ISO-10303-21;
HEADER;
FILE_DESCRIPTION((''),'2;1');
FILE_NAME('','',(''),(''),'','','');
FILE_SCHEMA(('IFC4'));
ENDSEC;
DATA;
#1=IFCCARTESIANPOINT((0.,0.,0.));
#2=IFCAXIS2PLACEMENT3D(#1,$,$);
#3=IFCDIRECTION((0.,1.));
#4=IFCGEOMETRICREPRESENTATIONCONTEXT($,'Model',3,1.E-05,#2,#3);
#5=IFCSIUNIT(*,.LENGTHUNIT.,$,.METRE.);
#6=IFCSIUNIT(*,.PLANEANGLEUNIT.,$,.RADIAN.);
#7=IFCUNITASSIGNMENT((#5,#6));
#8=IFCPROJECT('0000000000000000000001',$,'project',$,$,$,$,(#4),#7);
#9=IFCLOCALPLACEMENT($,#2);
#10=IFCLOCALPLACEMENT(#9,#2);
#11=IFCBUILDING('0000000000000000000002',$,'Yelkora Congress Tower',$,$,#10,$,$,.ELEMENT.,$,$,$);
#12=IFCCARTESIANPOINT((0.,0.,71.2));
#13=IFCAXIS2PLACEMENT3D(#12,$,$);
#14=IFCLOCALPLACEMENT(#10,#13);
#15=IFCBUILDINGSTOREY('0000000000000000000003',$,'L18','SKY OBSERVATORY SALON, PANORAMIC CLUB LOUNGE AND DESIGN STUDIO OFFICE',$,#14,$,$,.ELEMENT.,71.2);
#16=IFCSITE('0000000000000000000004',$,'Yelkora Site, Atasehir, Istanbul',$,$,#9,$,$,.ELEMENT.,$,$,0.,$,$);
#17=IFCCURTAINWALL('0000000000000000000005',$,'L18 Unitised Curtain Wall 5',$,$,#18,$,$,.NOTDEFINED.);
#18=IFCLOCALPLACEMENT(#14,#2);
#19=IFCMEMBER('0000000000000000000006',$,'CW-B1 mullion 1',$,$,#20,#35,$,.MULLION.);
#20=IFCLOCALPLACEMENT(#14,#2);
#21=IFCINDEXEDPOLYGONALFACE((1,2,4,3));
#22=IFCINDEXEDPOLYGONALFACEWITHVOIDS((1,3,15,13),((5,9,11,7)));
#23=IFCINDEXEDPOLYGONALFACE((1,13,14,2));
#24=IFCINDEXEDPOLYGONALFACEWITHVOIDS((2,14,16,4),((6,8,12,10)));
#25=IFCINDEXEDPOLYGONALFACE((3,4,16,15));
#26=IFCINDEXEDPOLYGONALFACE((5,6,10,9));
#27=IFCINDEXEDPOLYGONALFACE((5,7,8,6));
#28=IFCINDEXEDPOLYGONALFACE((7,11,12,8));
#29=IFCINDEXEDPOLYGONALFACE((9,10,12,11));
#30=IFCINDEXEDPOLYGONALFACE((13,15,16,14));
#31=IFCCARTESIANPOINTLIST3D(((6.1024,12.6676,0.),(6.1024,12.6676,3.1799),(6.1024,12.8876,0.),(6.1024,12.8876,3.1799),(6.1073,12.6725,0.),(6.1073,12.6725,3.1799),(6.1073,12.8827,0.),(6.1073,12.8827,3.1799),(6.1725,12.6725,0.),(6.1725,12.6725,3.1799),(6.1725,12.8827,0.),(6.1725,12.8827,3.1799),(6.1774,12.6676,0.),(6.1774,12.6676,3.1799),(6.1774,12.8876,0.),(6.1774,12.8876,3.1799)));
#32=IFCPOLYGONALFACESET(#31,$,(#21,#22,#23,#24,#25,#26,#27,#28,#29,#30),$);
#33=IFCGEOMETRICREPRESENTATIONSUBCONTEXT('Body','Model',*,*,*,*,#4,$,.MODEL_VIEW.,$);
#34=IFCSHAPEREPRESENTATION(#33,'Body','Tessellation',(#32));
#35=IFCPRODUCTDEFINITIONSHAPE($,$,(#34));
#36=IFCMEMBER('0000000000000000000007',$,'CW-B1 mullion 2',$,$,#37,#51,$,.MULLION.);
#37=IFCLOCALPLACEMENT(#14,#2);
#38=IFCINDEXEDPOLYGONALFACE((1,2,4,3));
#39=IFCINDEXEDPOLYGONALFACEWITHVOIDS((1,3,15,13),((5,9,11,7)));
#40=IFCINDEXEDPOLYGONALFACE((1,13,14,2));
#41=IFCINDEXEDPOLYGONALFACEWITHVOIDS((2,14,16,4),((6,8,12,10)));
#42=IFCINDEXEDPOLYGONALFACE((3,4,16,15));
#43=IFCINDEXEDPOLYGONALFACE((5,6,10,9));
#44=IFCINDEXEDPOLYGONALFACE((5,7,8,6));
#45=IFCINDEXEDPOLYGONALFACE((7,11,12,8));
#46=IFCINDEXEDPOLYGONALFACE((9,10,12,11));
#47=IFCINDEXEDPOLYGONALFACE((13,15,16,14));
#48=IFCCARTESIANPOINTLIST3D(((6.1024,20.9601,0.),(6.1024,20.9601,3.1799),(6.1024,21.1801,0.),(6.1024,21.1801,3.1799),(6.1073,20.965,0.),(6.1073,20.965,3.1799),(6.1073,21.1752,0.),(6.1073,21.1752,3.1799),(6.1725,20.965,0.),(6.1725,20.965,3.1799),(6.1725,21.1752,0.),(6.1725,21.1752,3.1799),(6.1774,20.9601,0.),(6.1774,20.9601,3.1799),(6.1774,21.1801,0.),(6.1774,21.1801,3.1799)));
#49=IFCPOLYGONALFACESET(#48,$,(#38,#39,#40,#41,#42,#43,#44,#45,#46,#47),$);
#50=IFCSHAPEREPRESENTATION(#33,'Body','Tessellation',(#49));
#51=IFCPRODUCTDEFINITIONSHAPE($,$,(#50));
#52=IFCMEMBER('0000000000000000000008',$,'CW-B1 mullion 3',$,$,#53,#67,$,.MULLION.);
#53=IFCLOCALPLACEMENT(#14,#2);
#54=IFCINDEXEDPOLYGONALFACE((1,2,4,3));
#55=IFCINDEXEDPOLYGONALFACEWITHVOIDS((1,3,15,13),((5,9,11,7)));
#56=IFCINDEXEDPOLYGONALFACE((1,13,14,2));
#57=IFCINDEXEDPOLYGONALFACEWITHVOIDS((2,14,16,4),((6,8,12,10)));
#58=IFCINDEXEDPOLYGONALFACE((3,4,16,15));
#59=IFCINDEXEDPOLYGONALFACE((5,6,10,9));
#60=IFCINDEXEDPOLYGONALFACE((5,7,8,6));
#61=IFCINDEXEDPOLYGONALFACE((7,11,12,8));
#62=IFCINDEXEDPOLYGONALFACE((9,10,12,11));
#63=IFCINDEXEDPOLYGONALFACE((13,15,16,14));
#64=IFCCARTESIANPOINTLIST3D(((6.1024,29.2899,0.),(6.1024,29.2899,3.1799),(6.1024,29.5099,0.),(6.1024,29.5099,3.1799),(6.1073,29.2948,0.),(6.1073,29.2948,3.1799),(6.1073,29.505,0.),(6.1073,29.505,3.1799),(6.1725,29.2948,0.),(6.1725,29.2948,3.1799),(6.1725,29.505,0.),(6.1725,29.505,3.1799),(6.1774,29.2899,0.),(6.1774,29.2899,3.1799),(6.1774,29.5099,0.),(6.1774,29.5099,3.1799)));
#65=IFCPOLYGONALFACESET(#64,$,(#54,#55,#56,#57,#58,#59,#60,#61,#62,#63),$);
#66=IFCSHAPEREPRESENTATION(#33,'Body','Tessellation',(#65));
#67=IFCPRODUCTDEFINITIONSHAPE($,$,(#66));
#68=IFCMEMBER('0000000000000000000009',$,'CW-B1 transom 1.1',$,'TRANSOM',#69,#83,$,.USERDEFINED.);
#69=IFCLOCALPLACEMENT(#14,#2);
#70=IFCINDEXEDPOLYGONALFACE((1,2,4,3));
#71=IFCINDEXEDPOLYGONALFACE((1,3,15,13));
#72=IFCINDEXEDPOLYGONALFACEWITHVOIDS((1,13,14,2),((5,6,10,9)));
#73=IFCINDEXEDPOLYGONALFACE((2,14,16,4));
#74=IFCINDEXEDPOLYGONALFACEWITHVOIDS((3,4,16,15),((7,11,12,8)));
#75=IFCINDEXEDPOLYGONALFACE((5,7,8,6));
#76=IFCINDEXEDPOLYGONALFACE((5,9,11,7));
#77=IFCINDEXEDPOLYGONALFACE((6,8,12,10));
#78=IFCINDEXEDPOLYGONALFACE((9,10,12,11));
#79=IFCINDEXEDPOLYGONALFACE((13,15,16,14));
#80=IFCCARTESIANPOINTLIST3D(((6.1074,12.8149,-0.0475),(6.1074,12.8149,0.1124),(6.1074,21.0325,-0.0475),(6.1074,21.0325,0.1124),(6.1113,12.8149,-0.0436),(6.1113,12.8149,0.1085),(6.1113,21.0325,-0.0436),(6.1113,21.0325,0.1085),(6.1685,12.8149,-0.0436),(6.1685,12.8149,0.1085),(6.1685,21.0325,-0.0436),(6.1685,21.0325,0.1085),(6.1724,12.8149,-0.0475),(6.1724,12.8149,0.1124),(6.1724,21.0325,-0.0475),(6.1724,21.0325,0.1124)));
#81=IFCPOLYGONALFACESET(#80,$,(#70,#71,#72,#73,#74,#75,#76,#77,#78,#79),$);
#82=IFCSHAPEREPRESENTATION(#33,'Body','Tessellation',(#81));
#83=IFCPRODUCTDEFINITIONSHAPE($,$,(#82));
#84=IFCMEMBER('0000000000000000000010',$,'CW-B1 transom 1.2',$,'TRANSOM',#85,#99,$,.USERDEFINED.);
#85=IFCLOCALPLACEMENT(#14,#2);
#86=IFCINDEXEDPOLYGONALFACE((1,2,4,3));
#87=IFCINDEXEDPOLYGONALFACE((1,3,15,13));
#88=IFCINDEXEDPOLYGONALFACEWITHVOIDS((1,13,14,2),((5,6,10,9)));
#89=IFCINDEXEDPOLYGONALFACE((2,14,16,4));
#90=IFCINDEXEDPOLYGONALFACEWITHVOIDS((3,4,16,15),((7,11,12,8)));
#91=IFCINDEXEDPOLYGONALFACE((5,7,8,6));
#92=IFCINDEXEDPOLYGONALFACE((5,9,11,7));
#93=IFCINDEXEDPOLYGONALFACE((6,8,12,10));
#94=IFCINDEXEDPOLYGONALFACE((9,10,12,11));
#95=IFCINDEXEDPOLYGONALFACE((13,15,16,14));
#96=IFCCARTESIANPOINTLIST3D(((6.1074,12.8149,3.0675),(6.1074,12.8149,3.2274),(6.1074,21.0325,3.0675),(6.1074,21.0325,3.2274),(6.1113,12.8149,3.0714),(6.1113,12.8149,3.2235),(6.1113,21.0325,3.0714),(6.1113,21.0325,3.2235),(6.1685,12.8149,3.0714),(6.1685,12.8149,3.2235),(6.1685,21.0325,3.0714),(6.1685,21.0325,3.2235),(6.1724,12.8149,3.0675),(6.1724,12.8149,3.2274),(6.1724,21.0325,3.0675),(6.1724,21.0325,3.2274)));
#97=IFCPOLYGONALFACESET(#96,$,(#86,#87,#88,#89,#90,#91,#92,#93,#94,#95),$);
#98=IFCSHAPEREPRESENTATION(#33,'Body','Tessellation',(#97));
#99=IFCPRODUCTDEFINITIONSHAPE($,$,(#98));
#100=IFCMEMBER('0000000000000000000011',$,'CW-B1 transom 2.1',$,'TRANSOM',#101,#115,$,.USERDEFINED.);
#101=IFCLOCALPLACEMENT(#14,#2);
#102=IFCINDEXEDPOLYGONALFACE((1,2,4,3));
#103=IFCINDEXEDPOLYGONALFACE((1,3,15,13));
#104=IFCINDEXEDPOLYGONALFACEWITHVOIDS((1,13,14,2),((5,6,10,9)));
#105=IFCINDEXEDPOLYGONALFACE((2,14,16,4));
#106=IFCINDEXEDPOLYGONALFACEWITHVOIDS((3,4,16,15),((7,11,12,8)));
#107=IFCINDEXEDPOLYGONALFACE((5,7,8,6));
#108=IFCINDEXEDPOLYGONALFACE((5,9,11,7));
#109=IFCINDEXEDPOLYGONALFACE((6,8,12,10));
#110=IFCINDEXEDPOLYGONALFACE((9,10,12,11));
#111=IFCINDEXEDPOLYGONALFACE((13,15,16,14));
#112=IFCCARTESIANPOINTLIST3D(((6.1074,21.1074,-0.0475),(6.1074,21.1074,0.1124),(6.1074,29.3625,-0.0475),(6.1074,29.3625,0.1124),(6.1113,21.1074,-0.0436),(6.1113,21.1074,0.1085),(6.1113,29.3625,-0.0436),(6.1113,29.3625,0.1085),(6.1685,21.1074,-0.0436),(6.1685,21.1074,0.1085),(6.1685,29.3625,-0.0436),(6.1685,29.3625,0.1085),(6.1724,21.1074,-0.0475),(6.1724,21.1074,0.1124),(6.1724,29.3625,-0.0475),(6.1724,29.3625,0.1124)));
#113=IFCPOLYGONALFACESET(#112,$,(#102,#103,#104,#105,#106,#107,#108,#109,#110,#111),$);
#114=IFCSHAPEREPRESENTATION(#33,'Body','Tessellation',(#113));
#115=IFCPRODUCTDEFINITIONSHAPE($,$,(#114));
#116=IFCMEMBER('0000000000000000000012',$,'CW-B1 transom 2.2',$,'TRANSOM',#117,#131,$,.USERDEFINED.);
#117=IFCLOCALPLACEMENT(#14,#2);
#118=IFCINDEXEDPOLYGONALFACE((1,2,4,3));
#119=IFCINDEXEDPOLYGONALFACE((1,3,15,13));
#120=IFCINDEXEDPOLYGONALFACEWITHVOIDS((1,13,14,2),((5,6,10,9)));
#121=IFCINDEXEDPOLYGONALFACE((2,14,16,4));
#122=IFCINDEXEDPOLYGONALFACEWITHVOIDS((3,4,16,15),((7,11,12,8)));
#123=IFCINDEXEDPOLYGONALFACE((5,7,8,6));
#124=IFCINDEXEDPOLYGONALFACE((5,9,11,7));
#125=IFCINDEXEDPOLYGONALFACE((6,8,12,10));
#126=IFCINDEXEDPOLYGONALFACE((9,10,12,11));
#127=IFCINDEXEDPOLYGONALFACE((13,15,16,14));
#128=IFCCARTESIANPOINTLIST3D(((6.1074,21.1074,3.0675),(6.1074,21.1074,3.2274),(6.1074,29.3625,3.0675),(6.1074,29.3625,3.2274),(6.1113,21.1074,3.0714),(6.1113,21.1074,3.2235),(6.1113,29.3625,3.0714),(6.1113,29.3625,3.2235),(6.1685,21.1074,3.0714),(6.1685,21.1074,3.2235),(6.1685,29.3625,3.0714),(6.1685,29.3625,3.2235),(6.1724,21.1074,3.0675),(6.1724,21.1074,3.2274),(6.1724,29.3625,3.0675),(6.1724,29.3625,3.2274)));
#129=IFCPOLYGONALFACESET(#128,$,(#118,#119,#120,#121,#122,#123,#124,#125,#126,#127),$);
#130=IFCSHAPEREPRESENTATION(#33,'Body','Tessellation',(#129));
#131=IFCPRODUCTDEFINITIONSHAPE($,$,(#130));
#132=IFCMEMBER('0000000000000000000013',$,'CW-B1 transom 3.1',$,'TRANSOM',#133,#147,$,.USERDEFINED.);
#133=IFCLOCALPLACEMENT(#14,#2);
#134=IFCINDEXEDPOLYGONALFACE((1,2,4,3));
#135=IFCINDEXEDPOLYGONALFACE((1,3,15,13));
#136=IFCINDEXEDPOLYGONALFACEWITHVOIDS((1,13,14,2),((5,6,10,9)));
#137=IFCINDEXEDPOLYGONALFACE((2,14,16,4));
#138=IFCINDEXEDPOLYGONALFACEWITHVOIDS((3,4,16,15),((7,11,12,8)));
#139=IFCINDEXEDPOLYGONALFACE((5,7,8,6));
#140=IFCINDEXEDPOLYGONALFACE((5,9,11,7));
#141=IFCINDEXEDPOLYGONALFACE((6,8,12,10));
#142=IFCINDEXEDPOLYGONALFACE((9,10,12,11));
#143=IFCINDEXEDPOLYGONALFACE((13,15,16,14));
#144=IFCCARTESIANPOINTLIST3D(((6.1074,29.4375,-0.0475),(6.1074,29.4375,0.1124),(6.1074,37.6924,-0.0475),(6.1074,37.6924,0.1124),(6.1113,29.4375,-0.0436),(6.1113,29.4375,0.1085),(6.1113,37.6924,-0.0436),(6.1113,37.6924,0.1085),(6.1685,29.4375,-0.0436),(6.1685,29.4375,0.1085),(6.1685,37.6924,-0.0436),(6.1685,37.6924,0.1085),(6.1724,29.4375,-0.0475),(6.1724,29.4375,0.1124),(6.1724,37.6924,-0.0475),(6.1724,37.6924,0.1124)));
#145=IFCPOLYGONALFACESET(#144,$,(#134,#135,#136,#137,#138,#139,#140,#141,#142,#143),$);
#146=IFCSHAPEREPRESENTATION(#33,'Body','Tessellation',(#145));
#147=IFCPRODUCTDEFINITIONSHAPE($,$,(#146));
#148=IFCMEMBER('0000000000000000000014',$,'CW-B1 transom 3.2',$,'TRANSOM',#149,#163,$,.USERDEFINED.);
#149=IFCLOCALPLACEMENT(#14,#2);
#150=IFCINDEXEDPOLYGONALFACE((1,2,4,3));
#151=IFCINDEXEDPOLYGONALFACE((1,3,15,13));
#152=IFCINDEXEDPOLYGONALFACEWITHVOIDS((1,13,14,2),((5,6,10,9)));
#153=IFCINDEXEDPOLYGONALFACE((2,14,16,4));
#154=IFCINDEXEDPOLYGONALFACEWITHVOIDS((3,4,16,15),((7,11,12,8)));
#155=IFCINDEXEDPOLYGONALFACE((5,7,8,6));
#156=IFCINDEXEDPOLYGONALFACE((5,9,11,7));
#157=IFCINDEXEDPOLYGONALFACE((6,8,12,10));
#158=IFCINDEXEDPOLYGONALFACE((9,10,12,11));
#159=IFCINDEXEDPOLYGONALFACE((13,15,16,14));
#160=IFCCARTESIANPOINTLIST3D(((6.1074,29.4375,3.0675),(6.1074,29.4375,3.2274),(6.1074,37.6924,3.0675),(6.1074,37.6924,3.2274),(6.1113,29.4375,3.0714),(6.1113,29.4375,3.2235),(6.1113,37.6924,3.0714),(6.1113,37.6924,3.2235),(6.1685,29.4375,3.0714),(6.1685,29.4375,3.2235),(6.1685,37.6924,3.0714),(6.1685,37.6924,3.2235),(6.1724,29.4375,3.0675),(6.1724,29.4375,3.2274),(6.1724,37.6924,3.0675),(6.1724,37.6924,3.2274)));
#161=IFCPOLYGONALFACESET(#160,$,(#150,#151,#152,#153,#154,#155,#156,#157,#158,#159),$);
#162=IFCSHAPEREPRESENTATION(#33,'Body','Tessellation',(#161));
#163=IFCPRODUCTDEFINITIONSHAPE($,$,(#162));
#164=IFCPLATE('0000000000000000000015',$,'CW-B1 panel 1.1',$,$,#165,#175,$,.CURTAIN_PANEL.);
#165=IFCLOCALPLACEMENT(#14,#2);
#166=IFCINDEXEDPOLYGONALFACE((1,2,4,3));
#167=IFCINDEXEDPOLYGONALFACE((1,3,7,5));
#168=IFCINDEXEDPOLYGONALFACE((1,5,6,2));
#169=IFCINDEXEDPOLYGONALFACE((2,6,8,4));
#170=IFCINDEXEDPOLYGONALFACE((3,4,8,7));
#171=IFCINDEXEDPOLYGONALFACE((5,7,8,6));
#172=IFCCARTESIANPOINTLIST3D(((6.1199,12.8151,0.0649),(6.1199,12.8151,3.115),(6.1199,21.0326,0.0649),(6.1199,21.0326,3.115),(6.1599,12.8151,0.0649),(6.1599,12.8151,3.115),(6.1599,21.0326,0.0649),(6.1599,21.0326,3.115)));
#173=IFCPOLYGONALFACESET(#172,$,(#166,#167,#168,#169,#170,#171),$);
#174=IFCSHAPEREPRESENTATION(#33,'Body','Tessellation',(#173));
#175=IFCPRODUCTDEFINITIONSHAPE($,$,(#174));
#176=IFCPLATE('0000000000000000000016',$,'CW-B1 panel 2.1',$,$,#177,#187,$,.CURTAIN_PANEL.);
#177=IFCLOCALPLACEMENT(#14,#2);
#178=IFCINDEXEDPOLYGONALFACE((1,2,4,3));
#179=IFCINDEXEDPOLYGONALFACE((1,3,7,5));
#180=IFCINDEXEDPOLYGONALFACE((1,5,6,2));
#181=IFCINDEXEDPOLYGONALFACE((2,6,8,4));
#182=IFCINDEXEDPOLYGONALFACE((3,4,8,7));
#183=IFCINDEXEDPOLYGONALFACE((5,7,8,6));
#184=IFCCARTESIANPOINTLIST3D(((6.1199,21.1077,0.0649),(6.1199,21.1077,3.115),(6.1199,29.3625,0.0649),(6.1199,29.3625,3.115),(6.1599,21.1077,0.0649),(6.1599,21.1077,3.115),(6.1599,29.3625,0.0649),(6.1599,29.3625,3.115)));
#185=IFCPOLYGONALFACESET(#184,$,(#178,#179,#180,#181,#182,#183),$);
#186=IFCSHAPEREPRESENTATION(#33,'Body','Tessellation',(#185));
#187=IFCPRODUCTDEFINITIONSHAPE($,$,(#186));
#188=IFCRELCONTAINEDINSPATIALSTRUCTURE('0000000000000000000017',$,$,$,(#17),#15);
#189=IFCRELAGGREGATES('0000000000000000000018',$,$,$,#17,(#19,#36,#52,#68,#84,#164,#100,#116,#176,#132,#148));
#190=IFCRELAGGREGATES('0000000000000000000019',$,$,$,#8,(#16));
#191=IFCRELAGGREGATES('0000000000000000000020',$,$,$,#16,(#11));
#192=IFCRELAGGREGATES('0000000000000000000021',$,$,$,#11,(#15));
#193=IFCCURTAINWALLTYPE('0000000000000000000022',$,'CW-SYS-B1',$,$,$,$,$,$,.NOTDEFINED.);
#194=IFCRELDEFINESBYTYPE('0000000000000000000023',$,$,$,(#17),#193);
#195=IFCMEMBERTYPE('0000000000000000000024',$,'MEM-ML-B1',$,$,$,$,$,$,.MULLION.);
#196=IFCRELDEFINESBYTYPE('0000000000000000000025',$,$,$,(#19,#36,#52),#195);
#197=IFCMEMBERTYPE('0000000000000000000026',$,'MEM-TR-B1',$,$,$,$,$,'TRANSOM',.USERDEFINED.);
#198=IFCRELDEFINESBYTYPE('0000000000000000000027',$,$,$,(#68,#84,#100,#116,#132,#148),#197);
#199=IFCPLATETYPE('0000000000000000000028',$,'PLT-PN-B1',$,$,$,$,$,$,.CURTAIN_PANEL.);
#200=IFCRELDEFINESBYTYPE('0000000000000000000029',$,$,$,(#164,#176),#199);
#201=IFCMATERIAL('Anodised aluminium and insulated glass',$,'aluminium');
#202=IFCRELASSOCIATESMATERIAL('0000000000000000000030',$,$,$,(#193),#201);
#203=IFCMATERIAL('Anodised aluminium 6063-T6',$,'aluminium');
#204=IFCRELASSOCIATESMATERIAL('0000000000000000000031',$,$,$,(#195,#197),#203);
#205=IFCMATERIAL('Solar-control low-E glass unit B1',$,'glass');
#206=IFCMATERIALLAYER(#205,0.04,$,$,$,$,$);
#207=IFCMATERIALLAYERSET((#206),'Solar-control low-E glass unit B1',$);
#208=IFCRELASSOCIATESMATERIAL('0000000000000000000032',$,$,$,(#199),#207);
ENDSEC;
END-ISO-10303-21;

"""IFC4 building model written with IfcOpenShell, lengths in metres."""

from ifc_helpers import new_model, si_unit, direction, frame, origin, origin_2d, place, context, subcontext, project, spatial, rectangle, hollow_rectangle, extrude, material, layer, layer_set, material_profile, profile_set, type_object, element, aggregate, save


model = new_model("IFC4")

# Units and contexts
model_context = context("Model", 3, precision=1e-05, world=origin(), true_north=direction((0.0, 1.0)))
body_context = subcontext(model_context, "Body", "Model", "MODEL_VIEW")
ifc_project = project(units=[si_unit("LENGTHUNIT", "METRE"), si_unit("PLANEANGLEUNIT", "RADIAN")], contexts=[model_context])

# Site, building, storey
site_placement = place(None, origin())
site = spatial("IfcSite", under=ifc_project, at=site_placement, Name="Yelkora Site, Atasehir, Istanbul", CompositionType="ELEMENT", RefElevation=0.0)
building_placement = place(site_placement, origin())
building = spatial("IfcBuilding", under=site, at=building_placement, Name="Yelkora Congress Tower", CompositionType="ELEMENT")
storey_placement = place(building_placement, frame((0.0, 0.0, 71.2)))
storey = spatial("IfcBuildingStorey", under=building, at=storey_placement, Name="L18", Description="SKY OBSERVATORY SALON, PANORAMIC CLUB LOUNGE AND DESIGN STUDIO OFFICE", CompositionType="ELEMENT", Elevation=71.2)

# Curtain wall, members, plates
ifc_material_1 = material(Name="Anodised aluminium and insulated glass", Category="aluminium")
curtain_wall_type = type_object("IfcCurtainWallType", Name="CW-SYS-B1", PredefinedType="NOTDEFINED", material=ifc_material_1)
curtain_wall_placement = place(storey_placement, origin())
curtain_wall = element("IfcCurtainWall", 1, at=curtain_wall_placement, inside=storey, type_object=curtain_wall_type, Name="L18 Unitised Curtain Wall 5", PredefinedType="NOTDEFINED")
ifc_material_2 = material(Name="Anodised aluminium 6063-T6", Category="aluminium")
ifc_material_profile_1 = material_profile(ifc_material_2, hollow_rectangle(XDim=0.075, YDim=0.22, WallThickness=0.0049, at=origin_2d()), Name="ALU 75x220x5")
ifc_profile_set_1 = profile_set([ifc_material_profile_1], Name="Anodised aluminium 6063-T6")
member_type_1 = type_object("IfcMemberType", Name="MEM-ML-B1", PredefinedType="MULLION", material=ifc_profile_set_1)
member_1_placement = place(storey_placement, frame((6.1399, 12.7776, 0.0), z_axis=(0.0, 0.0, 1.0), x_axis=(-1.0, 0.0, 0.0)))
member_1 = element("IfcMember", 2, at=member_1_placement, type_object=member_type_1, Name="CW-B1 mullion 1", PredefinedType="MULLION", context=body_context, shape_type="SweptSolid", body=[
    extrude(hollow_rectangle(XDim=0.075, YDim=0.22, WallThickness=0.0049, at=origin_2d()), origin(), (0.0, 0.0, 1.0), 3.1799),
])
member_2_placement = place(storey_placement, frame((6.1399, 21.0701, 0.0), z_axis=(0.0, 0.0, 1.0), x_axis=(-1.0, 0.0, 0.0)))
member_2 = element("IfcMember", 3, at=member_2_placement, type_object=member_type_1, Name="CW-B1 mullion 2", PredefinedType="MULLION", context=body_context, shape_type="SweptSolid", body=[
    extrude(hollow_rectangle(XDim=0.075, YDim=0.22, WallThickness=0.0049, at=origin_2d()), origin(), (0.0, 0.0, 1.0), 3.1799),
])
member_3_placement = place(storey_placement, frame((6.1399, 29.3999, 0.0), z_axis=(0.0, 0.0, 1.0), x_axis=(-1.0, 0.0, 0.0)))
member_3 = element("IfcMember", 4, at=member_3_placement, type_object=member_type_1, Name="CW-B1 mullion 3", PredefinedType="MULLION", context=body_context, shape_type="SweptSolid", body=[
    extrude(hollow_rectangle(XDim=0.075, YDim=0.22, WallThickness=0.0049, at=origin_2d()), origin(), (0.0, 0.0, 1.0), 3.1799),
])
ifc_material_profile_2 = material_profile(ifc_material_2, hollow_rectangle(XDim=0.0649, YDim=0.1599, WallThickness=0.0039, at=origin_2d()), Name="ALU 65x160x4")
ifc_profile_set_2 = profile_set([ifc_material_profile_2], Name="Anodised aluminium 6063-T6")
member_type_2 = type_object("IfcMemberType", Name="MEM-TR-B1", ElementType="TRANSOM", PredefinedType="USERDEFINED", material=ifc_profile_set_2)
member_4_placement = place(storey_placement, frame((6.1399, 12.8149, 0.0325), z_axis=(0.0, 1.0, 0.0), x_axis=(-1.0, 0.0, 0.0)))
member_4 = element("IfcMember", 5, at=member_4_placement, type_object=member_type_2, Name="CW-B1 transom 1.1", ObjectType="TRANSOM", PredefinedType="USERDEFINED", context=body_context, shape_type="SweptSolid", body=[
    extrude(hollow_rectangle(XDim=0.0649, YDim=0.1599, WallThickness=0.0039, at=origin_2d()), origin(), (0.0, 0.0, 1.0), 8.2175),
])
member_5_placement = place(storey_placement, frame((6.1399, 12.8149, 3.1475), z_axis=(0.0, 1.0, 0.0), x_axis=(-1.0, 0.0, 0.0)))
member_5 = element("IfcMember", 6, at=member_5_placement, type_object=member_type_2, Name="CW-B1 transom 1.2", ObjectType="TRANSOM", PredefinedType="USERDEFINED", context=body_context, shape_type="SweptSolid", body=[
    extrude(hollow_rectangle(XDim=0.0649, YDim=0.1599, WallThickness=0.0039, at=origin_2d()), origin(), (0.0, 0.0, 1.0), 8.2175),
])
member_6_placement = place(storey_placement, frame((6.1399, 21.1074, 0.0325), z_axis=(0.0, 1.0, 0.0), x_axis=(-1.0, 0.0, 0.0)))
member_6 = element("IfcMember", 7, at=member_6_placement, type_object=member_type_2, Name="CW-B1 transom 2.1", ObjectType="TRANSOM", PredefinedType="USERDEFINED", context=body_context, shape_type="SweptSolid", body=[
    extrude(hollow_rectangle(XDim=0.0649, YDim=0.1599, WallThickness=0.0039, at=origin_2d()), origin(), (0.0, 0.0, 1.0), 8.2551),
])
member_7_placement = place(storey_placement, frame((6.1399, 21.1074, 3.1475), z_axis=(0.0, 1.0, 0.0), x_axis=(-1.0, 0.0, 0.0)))
member_7 = element("IfcMember", 8, at=member_7_placement, type_object=member_type_2, Name="CW-B1 transom 2.2", ObjectType="TRANSOM", PredefinedType="USERDEFINED", context=body_context, shape_type="SweptSolid", body=[
    extrude(hollow_rectangle(XDim=0.0649, YDim=0.1599, WallThickness=0.0039, at=origin_2d()), origin(), (0.0, 0.0, 1.0), 8.2551),
])
member_8_placement = place(storey_placement, frame((6.1399, 29.4375, 0.0325), z_axis=(0.0, 1.0, 0.0), x_axis=(-1.0, 0.0, 0.0)))
member_8 = element("IfcMember", 9, at=member_8_placement, type_object=member_type_2, Name="CW-B1 transom 3.1", ObjectType="TRANSOM", PredefinedType="USERDEFINED", context=body_context, shape_type="SweptSolid", body=[
    extrude(hollow_rectangle(XDim=0.0649, YDim=0.1599, WallThickness=0.0039, at=origin_2d()), origin(), (0.0, 0.0, 1.0), 8.2549),
])
member_9_placement = place(storey_placement, frame((6.1399, 29.4375, 3.1475), z_axis=(0.0, 1.0, 0.0), x_axis=(-1.0, 0.0, 0.0)))
member_9 = element("IfcMember", 10, at=member_9_placement, type_object=member_type_2, Name="CW-B1 transom 3.2", ObjectType="TRANSOM", PredefinedType="USERDEFINED", context=body_context, shape_type="SweptSolid", body=[
    extrude(hollow_rectangle(XDim=0.0649, YDim=0.1599, WallThickness=0.0039, at=origin_2d()), origin(), (0.0, 0.0, 1.0), 8.2549),
])
ifc_material_3 = material(Name="Solar-control low-E glass unit B1", Category="glass")
ifc_layer_1 = layer(ifc_material_3, 0.04)
ifc_layer_set_1 = layer_set([ifc_layer_1], Name="Solar-control low-E glass unit B1")
plate_type = type_object("IfcPlateType", Name="PLT-PN-B1", PredefinedType="CURTAIN_PANEL", material=ifc_layer_set_1)
plate_1_placement = place(storey_placement, frame((6.1399, 16.9238, 0.0649), z_axis=(0.0, 0.0, 1.0), x_axis=(0.0, 1.0, 0.0)))
plate_1 = element("IfcPlate", 11, at=plate_1_placement, type_object=plate_type, Name="CW-B1 panel 1.1", PredefinedType="CURTAIN_PANEL", context=body_context, shape_type="SweptSolid", body=[
    extrude(rectangle(XDim=8.2175, YDim=0.04, at=origin_2d()), origin(), (0.0, 0.0, 1.0), 3.05),
])
plate_2_placement = place(storey_placement, frame((6.1399, 25.2351, 0.0649), z_axis=(0.0, 0.0, 1.0), x_axis=(0.0, 1.0, 0.0)))
plate_2 = element("IfcPlate", 12, at=plate_2_placement, type_object=plate_type, Name="CW-B1 panel 2.1", PredefinedType="CURTAIN_PANEL", context=body_context, shape_type="SweptSolid", body=[
    extrude(rectangle(XDim=8.2549, YDim=0.04, at=origin_2d()), origin(), (0.0, 0.0, 1.0), 3.05),
])
aggregate(curtain_wall, [member_1, member_2, member_3, member_4, member_5, plate_1, member_6, member_7, plate_2, member_8, member_9])

save(model, "model.ifc")
